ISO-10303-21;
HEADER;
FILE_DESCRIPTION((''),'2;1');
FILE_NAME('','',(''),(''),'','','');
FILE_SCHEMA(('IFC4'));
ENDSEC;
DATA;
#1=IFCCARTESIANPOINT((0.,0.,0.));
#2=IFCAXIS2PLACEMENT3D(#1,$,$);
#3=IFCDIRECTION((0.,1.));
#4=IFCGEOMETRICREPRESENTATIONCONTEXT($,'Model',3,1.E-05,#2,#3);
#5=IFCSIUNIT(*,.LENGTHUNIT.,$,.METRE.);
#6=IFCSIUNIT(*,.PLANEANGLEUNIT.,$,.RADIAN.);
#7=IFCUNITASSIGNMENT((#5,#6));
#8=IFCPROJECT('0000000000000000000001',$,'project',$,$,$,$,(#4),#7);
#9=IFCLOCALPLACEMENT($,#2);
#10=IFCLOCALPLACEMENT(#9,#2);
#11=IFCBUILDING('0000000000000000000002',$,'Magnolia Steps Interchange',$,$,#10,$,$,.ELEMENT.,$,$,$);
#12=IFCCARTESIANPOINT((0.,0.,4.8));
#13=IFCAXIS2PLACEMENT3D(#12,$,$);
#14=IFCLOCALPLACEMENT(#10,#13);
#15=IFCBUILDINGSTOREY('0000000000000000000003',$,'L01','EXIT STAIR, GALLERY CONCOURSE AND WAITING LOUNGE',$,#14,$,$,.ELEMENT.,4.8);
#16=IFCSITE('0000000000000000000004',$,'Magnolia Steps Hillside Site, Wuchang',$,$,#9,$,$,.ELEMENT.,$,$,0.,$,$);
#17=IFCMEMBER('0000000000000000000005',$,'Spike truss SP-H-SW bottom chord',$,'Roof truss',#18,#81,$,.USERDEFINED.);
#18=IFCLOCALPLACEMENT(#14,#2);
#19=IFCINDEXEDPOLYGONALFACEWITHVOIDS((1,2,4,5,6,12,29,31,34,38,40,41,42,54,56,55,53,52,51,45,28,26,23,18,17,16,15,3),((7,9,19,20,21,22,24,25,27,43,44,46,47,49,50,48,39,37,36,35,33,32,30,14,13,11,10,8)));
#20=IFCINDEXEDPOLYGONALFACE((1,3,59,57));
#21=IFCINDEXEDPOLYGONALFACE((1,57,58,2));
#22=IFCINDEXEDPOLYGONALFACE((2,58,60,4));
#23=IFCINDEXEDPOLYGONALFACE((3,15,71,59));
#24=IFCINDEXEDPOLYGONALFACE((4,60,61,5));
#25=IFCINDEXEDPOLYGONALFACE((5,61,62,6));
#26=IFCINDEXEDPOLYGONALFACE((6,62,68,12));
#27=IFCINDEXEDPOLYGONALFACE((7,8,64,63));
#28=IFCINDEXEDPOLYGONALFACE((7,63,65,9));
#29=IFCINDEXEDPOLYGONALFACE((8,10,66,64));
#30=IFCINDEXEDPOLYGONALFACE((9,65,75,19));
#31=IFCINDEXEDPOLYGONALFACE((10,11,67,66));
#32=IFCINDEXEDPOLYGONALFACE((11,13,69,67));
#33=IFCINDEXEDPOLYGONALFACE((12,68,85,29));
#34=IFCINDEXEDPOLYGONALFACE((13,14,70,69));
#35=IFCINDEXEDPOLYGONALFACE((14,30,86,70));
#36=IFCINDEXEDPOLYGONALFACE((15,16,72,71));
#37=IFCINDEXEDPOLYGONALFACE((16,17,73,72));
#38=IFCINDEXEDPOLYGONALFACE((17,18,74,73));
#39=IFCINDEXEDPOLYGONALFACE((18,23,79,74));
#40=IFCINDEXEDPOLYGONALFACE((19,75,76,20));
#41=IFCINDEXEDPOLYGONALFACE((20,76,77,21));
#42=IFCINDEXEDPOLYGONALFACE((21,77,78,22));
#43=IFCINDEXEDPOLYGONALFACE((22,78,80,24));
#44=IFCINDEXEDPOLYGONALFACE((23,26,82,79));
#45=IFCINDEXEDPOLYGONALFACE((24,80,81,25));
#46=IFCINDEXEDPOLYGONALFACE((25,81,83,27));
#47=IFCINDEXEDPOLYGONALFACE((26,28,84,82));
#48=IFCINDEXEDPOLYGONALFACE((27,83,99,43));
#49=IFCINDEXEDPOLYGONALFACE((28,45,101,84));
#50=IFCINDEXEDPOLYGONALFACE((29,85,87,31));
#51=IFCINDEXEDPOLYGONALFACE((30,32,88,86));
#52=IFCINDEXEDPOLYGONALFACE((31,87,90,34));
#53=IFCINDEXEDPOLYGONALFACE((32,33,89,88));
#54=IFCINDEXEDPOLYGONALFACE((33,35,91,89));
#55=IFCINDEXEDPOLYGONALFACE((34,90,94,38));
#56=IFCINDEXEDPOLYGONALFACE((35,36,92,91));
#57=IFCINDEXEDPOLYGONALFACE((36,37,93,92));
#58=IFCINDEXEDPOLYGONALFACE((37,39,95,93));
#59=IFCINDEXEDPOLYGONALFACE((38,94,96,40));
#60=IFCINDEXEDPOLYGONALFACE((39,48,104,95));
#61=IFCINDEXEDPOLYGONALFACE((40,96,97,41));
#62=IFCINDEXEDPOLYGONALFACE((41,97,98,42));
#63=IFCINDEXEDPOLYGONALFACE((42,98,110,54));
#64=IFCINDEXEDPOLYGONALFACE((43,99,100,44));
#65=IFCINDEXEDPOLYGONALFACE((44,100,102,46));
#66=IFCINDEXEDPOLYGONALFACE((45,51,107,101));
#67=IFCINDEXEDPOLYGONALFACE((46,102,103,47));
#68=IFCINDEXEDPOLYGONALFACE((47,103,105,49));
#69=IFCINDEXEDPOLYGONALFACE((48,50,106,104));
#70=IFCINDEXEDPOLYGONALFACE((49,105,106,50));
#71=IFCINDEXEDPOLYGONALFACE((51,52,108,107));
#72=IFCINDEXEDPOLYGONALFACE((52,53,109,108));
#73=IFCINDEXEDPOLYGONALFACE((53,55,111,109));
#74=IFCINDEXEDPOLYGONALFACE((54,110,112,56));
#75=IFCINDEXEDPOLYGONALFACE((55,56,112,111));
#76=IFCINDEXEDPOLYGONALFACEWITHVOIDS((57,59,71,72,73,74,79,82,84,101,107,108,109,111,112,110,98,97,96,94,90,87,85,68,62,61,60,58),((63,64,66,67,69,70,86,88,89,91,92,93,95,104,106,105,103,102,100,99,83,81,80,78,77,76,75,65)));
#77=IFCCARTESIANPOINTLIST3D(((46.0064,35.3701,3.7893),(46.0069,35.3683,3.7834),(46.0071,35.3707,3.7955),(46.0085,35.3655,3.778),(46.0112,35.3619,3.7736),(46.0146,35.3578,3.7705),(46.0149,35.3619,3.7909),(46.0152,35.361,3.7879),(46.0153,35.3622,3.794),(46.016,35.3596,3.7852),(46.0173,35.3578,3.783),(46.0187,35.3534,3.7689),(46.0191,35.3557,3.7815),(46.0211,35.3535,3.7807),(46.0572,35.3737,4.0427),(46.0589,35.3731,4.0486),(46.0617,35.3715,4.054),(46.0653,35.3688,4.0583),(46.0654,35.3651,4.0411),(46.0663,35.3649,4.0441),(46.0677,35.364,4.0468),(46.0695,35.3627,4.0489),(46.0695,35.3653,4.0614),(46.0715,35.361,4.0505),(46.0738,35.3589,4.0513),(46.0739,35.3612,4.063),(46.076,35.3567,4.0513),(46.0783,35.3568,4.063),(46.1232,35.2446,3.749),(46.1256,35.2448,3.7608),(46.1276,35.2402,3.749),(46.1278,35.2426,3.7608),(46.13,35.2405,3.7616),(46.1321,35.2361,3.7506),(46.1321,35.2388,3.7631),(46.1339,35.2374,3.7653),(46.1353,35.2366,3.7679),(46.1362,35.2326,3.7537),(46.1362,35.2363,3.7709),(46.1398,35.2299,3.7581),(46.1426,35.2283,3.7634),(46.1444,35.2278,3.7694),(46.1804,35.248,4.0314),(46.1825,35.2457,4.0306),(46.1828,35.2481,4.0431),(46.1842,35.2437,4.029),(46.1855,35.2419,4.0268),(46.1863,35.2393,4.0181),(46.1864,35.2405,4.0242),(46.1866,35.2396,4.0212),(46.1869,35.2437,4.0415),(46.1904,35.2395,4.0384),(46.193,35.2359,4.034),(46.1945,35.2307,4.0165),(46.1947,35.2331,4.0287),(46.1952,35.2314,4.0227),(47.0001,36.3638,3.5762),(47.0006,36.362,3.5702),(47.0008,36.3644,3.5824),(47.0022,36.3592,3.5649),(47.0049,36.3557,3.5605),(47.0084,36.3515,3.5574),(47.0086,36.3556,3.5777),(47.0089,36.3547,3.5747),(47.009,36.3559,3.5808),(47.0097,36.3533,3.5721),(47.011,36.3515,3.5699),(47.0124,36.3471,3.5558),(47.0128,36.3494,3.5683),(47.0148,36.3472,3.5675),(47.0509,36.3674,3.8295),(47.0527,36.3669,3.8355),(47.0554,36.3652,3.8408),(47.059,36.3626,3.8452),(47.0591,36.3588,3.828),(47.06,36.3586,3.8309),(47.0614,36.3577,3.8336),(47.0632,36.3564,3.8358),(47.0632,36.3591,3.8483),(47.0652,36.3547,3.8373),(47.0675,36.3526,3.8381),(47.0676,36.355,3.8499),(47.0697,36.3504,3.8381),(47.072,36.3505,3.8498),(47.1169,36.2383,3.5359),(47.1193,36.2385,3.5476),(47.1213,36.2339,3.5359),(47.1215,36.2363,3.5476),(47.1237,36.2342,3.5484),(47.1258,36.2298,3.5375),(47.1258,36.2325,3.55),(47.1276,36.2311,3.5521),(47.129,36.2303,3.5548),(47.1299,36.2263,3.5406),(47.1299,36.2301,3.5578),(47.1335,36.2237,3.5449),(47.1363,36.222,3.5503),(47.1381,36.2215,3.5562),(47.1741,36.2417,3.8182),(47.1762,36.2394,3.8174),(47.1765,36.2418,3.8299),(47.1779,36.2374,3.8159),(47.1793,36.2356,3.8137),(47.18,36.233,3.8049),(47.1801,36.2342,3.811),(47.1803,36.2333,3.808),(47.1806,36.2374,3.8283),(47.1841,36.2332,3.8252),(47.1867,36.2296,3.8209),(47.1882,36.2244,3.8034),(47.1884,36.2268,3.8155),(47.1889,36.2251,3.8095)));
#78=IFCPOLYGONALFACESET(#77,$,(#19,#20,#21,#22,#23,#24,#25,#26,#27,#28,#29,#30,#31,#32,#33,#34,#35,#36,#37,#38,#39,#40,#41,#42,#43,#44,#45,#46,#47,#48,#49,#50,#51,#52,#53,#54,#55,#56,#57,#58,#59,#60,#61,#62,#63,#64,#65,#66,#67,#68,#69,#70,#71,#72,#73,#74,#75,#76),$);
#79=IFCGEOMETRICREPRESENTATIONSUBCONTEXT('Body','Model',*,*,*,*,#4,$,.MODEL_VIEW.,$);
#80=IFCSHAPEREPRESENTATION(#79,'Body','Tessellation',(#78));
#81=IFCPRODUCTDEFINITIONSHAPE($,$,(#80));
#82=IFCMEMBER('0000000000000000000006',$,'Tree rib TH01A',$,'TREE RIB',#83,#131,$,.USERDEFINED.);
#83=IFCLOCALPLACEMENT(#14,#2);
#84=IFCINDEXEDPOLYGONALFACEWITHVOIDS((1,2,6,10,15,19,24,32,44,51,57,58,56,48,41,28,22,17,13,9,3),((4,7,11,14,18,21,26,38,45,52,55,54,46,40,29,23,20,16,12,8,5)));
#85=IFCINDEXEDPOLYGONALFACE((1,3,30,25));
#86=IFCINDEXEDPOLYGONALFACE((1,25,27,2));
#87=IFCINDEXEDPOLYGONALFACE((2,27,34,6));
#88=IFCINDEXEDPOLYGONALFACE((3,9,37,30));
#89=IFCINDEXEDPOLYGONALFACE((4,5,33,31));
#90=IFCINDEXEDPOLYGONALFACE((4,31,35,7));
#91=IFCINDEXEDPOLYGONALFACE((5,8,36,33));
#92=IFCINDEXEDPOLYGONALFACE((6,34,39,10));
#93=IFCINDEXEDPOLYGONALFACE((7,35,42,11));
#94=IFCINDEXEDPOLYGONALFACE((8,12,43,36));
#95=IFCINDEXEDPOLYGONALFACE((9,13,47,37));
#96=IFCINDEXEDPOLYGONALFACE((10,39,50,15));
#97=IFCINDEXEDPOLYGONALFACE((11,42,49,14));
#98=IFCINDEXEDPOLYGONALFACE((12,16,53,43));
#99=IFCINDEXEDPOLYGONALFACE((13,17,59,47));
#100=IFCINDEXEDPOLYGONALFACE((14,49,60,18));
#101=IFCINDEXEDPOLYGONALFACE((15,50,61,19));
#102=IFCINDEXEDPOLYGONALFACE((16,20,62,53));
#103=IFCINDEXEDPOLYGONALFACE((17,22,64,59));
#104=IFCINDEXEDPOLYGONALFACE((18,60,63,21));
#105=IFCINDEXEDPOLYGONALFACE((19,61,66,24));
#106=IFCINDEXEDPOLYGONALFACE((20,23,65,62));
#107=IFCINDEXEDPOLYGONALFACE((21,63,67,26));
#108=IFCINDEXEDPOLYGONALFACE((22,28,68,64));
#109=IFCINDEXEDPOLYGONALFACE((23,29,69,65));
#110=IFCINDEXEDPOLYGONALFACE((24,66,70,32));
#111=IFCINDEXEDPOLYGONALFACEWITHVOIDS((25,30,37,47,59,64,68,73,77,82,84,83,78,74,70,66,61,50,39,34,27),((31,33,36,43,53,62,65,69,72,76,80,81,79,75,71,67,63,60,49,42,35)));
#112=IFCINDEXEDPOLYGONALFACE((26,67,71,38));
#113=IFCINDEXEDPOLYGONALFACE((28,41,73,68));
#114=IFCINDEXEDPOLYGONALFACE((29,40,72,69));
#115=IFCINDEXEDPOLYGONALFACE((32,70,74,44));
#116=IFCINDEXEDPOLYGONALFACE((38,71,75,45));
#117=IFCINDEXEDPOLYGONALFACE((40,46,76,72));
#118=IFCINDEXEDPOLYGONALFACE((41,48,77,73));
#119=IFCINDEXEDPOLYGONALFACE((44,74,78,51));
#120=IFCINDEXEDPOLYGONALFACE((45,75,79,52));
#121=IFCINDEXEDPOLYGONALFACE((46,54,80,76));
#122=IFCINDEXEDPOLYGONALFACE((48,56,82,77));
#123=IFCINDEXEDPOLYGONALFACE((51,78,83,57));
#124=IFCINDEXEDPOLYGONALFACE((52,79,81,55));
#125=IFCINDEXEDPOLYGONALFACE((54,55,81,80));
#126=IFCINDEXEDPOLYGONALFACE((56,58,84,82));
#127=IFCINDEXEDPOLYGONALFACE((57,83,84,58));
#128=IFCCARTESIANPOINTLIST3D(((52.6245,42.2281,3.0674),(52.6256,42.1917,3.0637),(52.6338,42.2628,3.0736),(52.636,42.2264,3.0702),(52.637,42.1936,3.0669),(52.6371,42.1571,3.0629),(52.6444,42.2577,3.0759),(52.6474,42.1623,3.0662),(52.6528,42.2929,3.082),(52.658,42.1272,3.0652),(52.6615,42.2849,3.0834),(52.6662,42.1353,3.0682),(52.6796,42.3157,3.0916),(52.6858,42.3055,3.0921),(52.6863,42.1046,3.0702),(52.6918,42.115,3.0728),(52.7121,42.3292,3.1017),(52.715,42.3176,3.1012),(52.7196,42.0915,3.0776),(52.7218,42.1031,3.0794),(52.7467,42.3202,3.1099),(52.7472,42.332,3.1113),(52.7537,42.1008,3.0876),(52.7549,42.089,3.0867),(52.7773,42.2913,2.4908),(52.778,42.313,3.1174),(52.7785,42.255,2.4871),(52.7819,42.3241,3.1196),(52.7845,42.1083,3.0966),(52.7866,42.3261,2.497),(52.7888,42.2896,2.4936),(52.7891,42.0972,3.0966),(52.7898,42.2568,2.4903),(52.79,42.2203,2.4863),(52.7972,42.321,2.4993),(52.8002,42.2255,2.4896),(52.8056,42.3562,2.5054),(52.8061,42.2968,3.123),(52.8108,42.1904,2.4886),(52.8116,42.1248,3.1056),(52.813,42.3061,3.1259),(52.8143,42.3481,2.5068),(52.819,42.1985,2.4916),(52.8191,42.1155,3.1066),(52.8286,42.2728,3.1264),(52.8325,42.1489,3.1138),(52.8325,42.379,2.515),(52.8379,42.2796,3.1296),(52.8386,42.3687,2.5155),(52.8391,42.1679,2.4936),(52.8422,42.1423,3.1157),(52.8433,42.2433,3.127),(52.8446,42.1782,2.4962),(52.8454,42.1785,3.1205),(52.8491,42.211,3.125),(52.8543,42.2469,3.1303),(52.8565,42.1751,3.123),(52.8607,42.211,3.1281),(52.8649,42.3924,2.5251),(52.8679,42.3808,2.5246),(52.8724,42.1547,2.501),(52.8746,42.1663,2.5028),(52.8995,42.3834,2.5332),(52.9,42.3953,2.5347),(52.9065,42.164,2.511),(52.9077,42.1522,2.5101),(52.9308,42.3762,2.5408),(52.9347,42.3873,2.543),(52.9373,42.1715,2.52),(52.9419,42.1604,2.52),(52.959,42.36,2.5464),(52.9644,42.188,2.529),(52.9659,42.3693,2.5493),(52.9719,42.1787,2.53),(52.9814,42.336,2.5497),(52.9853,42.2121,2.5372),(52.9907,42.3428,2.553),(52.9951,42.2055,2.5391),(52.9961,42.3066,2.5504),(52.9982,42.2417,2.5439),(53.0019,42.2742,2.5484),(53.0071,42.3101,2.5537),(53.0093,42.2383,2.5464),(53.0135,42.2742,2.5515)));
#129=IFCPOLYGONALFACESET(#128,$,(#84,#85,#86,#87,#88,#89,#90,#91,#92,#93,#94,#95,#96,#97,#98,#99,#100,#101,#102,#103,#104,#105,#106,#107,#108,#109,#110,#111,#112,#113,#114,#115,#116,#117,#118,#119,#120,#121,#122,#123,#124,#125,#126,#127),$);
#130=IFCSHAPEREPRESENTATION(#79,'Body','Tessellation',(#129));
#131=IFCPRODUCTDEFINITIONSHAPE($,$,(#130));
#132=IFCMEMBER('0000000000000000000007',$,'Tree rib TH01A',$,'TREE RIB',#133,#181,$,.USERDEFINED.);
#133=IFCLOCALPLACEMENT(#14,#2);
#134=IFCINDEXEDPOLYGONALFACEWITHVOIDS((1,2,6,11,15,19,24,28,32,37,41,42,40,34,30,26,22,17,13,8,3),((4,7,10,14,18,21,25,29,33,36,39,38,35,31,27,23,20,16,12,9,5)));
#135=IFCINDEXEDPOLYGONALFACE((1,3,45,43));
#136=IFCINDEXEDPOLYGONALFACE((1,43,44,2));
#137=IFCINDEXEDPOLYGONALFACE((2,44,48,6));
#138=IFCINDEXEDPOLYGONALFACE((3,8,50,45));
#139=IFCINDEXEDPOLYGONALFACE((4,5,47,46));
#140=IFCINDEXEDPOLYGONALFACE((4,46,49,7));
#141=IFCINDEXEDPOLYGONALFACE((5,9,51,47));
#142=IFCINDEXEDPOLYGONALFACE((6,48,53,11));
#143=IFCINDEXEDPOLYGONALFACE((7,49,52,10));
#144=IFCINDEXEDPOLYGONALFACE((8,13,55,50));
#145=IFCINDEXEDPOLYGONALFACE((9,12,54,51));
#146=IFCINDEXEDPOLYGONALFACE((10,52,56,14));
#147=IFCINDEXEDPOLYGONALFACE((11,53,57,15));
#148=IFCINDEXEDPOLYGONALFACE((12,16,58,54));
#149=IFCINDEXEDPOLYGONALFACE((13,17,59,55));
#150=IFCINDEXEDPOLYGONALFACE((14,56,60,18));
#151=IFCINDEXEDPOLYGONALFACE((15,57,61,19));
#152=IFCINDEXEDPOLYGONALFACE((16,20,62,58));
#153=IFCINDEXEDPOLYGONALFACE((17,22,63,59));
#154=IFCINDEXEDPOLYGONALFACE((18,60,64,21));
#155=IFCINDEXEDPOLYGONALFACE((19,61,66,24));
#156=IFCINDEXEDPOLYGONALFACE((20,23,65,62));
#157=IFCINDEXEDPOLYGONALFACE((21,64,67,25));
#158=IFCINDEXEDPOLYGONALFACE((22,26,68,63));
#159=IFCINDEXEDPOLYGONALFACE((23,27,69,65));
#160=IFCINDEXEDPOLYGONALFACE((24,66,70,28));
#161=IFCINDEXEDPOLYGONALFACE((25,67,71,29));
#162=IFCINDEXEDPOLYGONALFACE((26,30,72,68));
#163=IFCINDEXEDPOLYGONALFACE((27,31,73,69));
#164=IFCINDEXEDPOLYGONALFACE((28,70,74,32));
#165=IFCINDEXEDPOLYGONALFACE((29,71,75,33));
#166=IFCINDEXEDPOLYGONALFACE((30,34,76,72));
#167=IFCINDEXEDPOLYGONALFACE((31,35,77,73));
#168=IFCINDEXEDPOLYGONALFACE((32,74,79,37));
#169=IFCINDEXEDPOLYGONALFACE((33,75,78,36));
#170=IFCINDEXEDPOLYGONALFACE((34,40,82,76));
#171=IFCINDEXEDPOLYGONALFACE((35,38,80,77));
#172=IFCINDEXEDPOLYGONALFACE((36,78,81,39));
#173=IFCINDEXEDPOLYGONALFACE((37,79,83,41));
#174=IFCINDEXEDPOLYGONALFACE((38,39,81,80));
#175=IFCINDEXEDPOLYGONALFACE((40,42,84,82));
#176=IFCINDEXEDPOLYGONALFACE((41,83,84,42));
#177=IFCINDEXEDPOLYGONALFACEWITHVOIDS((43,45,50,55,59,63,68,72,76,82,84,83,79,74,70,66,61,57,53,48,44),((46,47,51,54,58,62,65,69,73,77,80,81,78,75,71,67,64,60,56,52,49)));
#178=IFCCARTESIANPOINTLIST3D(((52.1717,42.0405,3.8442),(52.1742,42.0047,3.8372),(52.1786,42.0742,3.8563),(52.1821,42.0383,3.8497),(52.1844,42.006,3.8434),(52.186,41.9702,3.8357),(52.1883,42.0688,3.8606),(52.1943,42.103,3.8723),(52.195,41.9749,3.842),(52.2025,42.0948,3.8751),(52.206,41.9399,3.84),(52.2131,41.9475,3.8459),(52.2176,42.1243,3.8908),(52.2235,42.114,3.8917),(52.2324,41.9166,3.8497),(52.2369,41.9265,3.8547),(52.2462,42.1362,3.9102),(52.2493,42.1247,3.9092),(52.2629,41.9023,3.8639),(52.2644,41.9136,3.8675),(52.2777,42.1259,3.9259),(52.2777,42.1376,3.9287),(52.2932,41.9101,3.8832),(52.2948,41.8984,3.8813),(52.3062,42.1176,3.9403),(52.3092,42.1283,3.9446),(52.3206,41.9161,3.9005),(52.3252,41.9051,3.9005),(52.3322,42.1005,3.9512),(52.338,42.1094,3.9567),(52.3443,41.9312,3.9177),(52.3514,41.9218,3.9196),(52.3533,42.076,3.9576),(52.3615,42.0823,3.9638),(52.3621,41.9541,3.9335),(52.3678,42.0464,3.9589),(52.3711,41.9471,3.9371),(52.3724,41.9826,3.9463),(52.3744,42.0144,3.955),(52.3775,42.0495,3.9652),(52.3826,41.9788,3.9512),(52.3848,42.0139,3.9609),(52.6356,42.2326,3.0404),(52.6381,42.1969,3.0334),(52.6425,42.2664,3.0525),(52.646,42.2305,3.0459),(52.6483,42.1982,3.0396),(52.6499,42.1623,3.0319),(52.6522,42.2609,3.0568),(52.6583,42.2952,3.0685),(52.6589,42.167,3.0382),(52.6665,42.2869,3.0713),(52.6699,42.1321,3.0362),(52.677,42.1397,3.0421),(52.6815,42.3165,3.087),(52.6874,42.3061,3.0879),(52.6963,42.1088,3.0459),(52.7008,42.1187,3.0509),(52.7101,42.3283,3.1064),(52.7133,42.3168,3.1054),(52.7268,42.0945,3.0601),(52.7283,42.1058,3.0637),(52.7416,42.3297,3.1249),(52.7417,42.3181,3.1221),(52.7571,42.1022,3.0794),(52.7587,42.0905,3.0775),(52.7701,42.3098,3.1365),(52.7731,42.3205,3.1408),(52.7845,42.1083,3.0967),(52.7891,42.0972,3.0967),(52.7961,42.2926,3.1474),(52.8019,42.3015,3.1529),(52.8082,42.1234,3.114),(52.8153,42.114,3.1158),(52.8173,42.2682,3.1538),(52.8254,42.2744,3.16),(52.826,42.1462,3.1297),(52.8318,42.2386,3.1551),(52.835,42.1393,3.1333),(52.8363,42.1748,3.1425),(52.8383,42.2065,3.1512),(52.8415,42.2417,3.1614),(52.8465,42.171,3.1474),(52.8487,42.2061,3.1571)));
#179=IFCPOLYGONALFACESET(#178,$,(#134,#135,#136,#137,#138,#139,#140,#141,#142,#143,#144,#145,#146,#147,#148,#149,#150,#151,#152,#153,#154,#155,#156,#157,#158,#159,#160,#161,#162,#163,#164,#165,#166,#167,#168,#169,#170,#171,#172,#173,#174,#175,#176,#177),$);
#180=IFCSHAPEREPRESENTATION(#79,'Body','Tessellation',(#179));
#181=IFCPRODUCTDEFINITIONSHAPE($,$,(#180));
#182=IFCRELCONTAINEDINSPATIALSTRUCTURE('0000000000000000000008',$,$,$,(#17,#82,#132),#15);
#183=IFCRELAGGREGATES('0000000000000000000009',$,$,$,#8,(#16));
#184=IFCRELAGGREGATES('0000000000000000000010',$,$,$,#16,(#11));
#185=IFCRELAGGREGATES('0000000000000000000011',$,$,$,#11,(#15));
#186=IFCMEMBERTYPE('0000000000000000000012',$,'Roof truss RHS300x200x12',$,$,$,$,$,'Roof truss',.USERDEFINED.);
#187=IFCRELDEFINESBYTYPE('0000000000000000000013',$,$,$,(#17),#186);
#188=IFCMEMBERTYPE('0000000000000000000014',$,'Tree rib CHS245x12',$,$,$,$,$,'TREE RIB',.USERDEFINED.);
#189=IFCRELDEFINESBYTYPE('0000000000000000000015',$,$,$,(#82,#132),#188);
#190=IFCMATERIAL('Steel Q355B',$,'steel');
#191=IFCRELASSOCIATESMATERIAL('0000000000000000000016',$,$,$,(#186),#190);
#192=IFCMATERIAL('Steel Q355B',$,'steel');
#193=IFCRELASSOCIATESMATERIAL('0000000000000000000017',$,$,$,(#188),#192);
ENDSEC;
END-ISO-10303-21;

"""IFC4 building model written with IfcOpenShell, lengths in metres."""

from ifc_helpers import new_model, si_unit, direction, frame, origin, origin_2d, place, context, subcontext, project, spatial, hollow_rectangle, hollow_circle, extrude, material, material_profile, profile_set, type_object, element, save


model = new_model("IFC4")

# Units and contexts
model_context = context("Model", 3, precision=1e-05, world=origin(), true_north=direction((0.0, 1.0)))
body_context = subcontext(model_context, "Body", "Model", "MODEL_VIEW")
ifc_project = project(units=[si_unit("LENGTHUNIT", "METRE"), si_unit("PLANEANGLEUNIT", "RADIAN")], contexts=[model_context])

# Site, building, storey
site_placement = place(None, origin())
site = spatial("IfcSite", under=ifc_project, at=site_placement, Name="Magnolia Steps Hillside Site, Wuchang", CompositionType="ELEMENT", RefElevation=0.0)
building_placement = place(site_placement, origin())
building = spatial("IfcBuilding", under=site, at=building_placement, Name="Magnolia Steps Interchange", CompositionType="ELEMENT")
storey_placement = place(building_placement, frame((0.0, 0.0, 4.8)))
storey = spatial("IfcBuildingStorey", under=building, at=storey_placement, Name="L01", Description="EXIT STAIR, GALLERY CONCOURSE AND WAITING LOUNGE", CompositionType="ELEMENT", Elevation=4.8)

# Members
ifc_material_1 = material(Name="Steel Q355B", Category="steel")
ifc_material_profile_1 = material_profile(ifc_material_1, hollow_rectangle(XDim=0.2, YDim=0.3, WallThickness=0.012, InnerFilletRadius=0.012, OuterFilletRadius=0.0239, at=origin_2d()), Name="RHS300x200x12")
ifc_profile_set_1 = profile_set([ifc_material_profile_1], Name="Steel Q355B")
member_type_1 = type_object("IfcMemberType", Name="Roof truss RHS300x200x12", ElementType="Roof truss", PredefinedType="USERDEFINED", material=ifc_profile_set_1)
member_1_placement = place(storey_placement, frame((47.0945, 36.2944, 3.6929), z_axis=(-0.699111, -0.699111, 0.149957), x_axis=(0.686867, -0.714919, -0.130781)))
element("IfcMember", 1, at=member_1_placement, inside=storey, type_object=member_type_1, Name="Spike truss SP-H-SW bottom chord", ObjectType="Roof truss", PredefinedType="USERDEFINED", context=body_context, shape_type="SweptSolid", body=[
    extrude(hollow_rectangle(XDim=0.2, YDim=0.3, WallThickness=0.012, InnerFilletRadius=0.012, OuterFilletRadius=0.0239, at=origin_2d()), origin(), (0.0, 0.0, 1.0), 1.4214),
])
ifc_material_2 = material(Name="Steel Q355B", Category="steel")
ifc_material_profile_2 = material_profile(ifc_material_2, hollow_circle(Radius=0.1226, WallThickness=0.012, at=origin_2d()), Name="CHS245x12")
ifc_profile_set_2 = profile_set([ifc_material_profile_2], Name="Steel Q355B")
member_type_2 = type_object("IfcMemberType", Name="Tree rib CHS245x12", ElementType="TREE RIB", PredefinedType="USERDEFINED", material=ifc_profile_set_2)
member_2_placement = place(storey_placement, frame((52.895, 42.2737, 2.52), z_axis=(-0.254758, -0.105403, 0.961243), x_axis=(0.382308, -0.924035, 0.0)))
element("IfcMember", 2, at=member_2_placement, inside=storey, type_object=member_type_2, Name="Tree rib TH01A", ObjectType="TREE RIB", PredefinedType="USERDEFINED", context=body_context, shape_type="SweptSolid", body=[
    extrude(hollow_circle(Radius=0.1226, WallThickness=0.012, at=origin_2d()), origin(), (0.0, 0.0, 1.0), 0.5999),
])
member_3_placement = place(storey_placement, frame((52.7422, 42.2104, 3.0967), z_axis=(-0.489492, -0.202753, 0.848109), x_axis=(0.382681, -0.923881, 0.0)))
element("IfcMember", 3, at=member_3_placement, inside=storey, type_object=member_type_2, Name="Tree rib TH01A", ObjectType="TREE RIB", PredefinedType="USERDEFINED", context=body_context, shape_type="SweptSolid", body=[
    extrude(hollow_circle(Radius=0.1226, WallThickness=0.012, at=origin_2d()), origin(), (0.0, 0.0, 1.0), 0.9478),
])

save(model, "model.ifc")
